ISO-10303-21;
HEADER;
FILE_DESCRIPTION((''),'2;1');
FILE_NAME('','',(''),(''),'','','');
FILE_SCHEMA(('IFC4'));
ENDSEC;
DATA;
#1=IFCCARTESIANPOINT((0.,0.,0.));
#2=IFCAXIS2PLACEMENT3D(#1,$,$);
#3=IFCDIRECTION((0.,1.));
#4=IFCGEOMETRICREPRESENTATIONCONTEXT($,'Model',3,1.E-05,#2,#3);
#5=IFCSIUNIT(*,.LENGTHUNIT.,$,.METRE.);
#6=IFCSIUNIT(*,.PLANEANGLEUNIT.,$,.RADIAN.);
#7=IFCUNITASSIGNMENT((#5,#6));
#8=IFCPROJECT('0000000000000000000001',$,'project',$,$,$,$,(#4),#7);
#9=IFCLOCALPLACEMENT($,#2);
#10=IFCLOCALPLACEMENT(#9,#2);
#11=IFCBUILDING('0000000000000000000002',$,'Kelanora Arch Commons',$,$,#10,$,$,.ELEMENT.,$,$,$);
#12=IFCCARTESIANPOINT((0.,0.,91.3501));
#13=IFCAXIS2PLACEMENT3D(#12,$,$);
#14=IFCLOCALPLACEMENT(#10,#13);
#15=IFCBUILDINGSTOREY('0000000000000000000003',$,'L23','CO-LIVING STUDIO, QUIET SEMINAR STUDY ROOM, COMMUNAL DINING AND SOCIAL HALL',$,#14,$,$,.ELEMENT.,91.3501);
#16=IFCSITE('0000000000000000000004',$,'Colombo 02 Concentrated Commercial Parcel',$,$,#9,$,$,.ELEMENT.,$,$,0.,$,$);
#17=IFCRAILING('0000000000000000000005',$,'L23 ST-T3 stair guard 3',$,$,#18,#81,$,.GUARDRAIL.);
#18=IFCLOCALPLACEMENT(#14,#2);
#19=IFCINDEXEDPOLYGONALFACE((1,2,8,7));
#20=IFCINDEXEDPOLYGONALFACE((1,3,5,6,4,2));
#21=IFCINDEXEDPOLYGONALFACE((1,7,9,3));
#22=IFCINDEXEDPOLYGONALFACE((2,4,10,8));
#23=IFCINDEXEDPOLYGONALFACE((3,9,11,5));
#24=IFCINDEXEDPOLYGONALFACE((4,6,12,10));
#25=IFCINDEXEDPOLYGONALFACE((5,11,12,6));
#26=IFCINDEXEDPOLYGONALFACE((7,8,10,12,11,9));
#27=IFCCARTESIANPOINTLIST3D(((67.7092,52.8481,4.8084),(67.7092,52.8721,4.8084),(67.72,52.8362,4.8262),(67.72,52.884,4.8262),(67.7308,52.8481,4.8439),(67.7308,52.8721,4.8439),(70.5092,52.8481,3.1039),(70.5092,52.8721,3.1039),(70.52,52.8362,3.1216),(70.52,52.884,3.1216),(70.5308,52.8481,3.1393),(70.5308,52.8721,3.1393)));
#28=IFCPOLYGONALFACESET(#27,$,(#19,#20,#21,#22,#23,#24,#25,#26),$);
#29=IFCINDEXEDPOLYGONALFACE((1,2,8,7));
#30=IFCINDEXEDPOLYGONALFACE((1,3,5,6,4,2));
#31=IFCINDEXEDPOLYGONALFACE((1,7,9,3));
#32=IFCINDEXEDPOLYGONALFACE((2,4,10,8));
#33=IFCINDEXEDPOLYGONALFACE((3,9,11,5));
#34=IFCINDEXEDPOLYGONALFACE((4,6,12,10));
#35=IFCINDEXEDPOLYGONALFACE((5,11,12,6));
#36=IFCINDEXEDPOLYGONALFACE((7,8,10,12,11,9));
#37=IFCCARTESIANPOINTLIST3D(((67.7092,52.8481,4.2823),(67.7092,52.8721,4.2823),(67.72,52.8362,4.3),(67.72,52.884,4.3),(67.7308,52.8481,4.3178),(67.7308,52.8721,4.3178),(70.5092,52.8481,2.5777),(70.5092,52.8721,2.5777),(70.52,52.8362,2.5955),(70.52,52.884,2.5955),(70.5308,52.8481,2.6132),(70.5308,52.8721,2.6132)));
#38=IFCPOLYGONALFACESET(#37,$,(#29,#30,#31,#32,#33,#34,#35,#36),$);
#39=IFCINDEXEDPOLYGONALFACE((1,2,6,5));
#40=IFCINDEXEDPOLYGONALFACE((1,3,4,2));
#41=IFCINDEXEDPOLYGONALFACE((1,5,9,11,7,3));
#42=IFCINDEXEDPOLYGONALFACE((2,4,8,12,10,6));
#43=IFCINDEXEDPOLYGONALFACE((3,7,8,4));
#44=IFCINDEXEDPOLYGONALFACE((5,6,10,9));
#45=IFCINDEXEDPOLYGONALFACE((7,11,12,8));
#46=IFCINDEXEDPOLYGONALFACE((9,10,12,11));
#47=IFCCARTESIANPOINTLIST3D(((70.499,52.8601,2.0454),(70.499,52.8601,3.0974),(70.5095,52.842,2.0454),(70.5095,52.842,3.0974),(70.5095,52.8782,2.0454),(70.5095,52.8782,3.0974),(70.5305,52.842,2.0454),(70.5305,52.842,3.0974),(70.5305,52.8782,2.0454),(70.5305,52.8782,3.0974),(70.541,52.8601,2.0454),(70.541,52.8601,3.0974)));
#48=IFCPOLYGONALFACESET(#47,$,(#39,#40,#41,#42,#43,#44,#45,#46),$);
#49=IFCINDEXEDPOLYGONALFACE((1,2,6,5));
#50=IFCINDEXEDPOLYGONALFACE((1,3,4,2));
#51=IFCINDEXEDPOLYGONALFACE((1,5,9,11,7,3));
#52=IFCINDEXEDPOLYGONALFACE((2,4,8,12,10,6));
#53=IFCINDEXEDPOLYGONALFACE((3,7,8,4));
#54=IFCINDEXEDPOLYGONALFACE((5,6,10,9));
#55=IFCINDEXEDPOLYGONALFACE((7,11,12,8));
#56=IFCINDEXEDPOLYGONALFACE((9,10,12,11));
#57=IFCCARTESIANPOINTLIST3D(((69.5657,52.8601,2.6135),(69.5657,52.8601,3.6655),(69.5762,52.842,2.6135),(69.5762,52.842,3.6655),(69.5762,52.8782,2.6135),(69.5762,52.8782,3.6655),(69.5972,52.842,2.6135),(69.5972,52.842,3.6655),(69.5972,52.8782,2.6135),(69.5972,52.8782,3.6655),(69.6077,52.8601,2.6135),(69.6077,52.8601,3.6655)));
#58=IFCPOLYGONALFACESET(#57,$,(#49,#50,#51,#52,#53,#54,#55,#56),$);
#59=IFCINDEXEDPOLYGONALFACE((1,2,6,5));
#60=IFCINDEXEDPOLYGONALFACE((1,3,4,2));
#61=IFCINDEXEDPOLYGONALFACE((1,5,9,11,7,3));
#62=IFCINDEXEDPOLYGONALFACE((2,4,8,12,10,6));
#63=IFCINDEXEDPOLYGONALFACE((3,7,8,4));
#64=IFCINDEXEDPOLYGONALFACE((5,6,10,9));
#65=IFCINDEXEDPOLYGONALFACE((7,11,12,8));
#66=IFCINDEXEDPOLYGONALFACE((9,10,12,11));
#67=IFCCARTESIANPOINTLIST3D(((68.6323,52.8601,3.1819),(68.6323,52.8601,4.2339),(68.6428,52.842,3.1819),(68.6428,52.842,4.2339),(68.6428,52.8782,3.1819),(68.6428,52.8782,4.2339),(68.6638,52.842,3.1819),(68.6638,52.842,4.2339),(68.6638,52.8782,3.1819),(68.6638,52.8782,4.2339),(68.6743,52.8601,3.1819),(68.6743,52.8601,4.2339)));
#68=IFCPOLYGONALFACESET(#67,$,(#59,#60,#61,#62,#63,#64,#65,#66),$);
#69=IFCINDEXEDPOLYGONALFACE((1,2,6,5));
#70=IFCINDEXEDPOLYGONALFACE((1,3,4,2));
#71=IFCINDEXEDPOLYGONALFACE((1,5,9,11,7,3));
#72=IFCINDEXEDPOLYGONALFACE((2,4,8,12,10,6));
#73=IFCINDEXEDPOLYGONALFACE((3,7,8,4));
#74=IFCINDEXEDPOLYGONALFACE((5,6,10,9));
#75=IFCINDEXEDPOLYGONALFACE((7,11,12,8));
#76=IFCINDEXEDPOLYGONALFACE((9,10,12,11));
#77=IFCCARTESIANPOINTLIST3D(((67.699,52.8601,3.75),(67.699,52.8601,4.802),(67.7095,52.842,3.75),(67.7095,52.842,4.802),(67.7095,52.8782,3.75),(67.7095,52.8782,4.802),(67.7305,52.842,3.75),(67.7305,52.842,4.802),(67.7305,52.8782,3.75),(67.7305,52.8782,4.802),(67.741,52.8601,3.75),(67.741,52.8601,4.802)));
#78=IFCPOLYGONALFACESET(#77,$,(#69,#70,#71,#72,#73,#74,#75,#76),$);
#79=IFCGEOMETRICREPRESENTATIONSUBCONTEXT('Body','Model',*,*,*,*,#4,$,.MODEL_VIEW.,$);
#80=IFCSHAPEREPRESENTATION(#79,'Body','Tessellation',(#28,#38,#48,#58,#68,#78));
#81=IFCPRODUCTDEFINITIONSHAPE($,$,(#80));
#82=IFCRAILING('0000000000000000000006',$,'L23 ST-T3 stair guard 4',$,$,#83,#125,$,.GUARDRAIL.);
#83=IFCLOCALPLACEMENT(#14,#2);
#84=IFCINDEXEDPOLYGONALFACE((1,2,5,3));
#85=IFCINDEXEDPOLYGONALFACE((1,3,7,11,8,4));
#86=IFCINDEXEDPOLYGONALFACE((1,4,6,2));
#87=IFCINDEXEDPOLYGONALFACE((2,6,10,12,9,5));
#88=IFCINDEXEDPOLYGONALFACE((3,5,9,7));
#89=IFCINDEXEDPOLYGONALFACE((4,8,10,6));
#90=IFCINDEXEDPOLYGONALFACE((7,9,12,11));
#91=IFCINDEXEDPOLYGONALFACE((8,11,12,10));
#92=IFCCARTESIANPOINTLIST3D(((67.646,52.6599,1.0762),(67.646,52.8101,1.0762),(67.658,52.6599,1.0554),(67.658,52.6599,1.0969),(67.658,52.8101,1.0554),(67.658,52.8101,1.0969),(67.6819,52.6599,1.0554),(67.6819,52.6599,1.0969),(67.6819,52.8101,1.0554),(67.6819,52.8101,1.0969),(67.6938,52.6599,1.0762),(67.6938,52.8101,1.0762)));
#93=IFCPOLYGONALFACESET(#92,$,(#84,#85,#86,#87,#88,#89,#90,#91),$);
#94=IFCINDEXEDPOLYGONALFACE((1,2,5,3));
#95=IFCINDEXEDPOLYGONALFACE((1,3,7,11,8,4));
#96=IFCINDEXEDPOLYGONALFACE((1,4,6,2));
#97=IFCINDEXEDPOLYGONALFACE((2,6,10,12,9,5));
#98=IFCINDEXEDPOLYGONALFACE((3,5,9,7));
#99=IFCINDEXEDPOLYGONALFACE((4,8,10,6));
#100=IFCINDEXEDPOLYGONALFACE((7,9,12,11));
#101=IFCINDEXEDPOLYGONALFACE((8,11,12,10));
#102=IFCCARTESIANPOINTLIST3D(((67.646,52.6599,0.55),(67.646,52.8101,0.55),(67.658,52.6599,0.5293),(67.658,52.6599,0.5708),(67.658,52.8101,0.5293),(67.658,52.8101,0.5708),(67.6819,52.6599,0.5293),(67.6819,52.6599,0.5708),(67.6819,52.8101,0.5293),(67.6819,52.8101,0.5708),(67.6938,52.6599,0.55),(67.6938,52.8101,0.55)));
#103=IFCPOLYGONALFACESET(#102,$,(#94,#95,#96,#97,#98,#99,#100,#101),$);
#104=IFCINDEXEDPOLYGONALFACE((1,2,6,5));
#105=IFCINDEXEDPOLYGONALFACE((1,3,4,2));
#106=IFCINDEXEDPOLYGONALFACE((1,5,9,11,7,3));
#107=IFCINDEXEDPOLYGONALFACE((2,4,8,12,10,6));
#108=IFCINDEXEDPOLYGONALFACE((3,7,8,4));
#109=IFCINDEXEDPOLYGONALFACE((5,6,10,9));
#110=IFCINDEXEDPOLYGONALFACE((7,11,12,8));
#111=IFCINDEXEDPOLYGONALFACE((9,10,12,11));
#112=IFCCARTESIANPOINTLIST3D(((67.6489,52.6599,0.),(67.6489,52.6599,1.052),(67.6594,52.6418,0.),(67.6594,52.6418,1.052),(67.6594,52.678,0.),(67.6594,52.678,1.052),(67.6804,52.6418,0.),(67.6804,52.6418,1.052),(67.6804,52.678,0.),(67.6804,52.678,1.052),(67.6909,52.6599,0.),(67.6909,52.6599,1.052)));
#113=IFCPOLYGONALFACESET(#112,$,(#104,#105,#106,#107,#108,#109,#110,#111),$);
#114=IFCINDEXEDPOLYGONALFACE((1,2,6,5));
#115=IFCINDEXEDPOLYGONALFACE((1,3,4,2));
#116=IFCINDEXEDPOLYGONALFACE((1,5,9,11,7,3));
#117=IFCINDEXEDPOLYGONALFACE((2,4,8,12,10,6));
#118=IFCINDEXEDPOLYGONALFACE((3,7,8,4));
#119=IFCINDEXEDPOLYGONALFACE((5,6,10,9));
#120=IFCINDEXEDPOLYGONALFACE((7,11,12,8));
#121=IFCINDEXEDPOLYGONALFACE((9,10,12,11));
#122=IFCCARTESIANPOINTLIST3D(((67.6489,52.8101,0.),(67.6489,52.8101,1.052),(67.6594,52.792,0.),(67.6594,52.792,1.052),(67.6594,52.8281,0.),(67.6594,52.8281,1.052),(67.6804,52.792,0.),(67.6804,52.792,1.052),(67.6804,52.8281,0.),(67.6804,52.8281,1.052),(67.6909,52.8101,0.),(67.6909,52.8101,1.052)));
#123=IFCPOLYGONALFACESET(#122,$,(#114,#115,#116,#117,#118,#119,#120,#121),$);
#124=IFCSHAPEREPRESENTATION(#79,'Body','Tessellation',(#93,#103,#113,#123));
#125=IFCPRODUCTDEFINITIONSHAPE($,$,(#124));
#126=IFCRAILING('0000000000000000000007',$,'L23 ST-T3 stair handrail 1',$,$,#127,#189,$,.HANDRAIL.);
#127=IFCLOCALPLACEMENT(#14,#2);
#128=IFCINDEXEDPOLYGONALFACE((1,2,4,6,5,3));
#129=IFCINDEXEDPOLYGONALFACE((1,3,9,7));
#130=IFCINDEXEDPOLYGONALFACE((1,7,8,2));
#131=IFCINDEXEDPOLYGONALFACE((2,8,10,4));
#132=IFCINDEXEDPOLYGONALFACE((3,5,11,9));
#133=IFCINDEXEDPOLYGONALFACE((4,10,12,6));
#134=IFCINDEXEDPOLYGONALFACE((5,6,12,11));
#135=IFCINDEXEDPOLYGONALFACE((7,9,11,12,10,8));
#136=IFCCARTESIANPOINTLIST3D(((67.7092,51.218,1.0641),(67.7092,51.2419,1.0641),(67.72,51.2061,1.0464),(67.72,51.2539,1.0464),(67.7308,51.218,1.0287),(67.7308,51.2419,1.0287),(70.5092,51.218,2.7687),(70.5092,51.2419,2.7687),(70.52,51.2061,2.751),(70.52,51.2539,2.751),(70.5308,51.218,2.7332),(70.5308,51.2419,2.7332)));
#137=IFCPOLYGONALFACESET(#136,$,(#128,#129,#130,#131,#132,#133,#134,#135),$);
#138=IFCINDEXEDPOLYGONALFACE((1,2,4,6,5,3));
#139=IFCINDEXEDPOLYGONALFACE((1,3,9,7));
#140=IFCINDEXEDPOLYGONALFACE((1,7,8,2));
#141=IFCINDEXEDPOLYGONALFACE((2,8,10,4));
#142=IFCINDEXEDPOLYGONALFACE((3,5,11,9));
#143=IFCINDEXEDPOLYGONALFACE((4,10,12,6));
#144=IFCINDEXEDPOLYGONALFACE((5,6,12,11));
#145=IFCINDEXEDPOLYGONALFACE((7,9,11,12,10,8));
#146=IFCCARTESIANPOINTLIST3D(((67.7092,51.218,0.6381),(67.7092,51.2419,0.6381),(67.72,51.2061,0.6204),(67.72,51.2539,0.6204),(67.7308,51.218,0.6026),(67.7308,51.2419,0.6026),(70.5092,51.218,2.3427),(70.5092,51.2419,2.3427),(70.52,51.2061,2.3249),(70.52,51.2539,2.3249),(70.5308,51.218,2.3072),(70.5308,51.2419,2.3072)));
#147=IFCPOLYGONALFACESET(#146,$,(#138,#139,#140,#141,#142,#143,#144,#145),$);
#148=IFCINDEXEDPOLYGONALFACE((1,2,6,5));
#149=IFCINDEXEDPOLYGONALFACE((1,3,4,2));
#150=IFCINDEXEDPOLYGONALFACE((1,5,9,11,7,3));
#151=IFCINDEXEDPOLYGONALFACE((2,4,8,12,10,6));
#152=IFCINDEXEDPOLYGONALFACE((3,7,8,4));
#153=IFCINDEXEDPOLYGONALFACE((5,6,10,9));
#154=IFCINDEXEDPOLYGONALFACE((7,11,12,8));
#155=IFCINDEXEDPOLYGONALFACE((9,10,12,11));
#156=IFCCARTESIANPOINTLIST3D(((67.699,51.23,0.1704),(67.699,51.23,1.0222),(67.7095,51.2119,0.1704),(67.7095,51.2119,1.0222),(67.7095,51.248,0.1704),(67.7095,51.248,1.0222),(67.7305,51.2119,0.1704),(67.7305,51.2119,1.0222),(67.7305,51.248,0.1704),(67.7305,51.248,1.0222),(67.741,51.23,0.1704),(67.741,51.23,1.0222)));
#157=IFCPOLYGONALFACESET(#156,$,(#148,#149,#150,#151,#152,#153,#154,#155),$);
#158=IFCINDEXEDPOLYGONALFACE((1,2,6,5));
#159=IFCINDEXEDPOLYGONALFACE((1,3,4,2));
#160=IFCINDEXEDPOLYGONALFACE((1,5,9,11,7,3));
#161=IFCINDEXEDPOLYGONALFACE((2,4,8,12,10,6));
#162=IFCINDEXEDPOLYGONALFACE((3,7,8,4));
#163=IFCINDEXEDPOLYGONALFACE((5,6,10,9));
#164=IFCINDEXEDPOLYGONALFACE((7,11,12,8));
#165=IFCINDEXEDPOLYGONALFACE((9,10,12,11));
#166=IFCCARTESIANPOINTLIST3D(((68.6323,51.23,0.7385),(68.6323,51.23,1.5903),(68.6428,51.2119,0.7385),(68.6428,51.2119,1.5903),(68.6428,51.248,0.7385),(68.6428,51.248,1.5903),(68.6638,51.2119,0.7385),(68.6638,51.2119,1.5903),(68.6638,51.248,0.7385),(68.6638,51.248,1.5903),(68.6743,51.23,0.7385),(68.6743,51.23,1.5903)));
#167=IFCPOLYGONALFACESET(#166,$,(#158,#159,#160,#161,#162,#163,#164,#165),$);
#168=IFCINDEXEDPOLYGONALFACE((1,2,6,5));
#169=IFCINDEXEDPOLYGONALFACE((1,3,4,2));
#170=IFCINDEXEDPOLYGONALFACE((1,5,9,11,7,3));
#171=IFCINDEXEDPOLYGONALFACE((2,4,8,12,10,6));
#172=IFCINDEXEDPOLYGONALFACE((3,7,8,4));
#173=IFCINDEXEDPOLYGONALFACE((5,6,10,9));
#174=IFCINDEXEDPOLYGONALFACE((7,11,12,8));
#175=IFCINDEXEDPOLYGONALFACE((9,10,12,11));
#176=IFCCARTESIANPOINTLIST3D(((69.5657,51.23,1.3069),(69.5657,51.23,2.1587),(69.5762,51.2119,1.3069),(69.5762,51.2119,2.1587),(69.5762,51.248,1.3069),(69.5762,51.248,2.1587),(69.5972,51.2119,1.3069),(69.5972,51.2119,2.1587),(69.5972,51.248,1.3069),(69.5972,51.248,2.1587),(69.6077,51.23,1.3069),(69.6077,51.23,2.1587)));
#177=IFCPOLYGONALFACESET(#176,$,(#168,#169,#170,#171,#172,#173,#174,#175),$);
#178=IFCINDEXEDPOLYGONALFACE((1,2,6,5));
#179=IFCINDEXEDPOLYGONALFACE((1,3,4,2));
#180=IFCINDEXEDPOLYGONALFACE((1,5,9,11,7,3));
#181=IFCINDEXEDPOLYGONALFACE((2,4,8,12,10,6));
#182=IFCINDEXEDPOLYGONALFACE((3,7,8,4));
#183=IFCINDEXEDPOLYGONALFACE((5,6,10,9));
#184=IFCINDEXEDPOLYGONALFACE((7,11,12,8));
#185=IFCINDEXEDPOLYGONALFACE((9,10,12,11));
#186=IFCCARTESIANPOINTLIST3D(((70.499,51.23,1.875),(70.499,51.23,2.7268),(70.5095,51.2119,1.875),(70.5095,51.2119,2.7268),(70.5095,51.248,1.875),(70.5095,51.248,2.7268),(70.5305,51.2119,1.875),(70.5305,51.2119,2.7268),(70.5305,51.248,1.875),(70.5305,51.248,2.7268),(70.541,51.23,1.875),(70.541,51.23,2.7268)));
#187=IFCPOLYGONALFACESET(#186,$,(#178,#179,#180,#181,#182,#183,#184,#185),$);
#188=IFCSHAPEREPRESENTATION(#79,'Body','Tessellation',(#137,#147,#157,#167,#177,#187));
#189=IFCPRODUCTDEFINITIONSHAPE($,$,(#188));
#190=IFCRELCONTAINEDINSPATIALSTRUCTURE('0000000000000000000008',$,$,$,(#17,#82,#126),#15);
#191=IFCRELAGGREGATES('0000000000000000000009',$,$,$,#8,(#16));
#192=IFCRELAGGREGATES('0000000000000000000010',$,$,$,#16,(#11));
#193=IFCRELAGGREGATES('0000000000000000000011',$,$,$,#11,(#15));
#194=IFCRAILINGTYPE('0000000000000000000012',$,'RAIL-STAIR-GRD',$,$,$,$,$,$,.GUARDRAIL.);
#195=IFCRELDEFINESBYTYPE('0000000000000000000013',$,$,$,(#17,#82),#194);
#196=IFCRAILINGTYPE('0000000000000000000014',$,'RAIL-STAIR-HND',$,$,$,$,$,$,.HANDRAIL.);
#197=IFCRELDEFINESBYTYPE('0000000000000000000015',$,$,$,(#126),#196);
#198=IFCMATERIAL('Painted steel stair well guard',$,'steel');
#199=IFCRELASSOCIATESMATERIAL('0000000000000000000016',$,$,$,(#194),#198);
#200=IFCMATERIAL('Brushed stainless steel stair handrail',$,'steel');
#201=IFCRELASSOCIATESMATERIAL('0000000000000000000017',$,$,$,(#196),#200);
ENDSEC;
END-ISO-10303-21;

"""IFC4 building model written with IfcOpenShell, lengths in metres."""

from ifc_helpers import new_model, si_unit, direction, frame, origin, place, context, subcontext, project, spatial, polyline, outline, extrude, material, type_object, element, save


model = new_model("IFC4")

# Units and contexts
model_context = context("Model", 3, precision=1e-05, world=origin(), true_north=direction((0.0, 1.0)))
body_context = subcontext(model_context, "Body", "Model", "MODEL_VIEW")
ifc_project = project(units=[si_unit("LENGTHUNIT", "METRE"), si_unit("PLANEANGLEUNIT", "RADIAN")], contexts=[model_context])

# Site, building, storey
site_placement = place(None, origin())
site = spatial("IfcSite", under=ifc_project, at=site_placement, Name="Colombo 02 Concentrated Commercial Parcel", CompositionType="ELEMENT", RefElevation=0.0)
building_placement = place(site_placement, origin())
building = spatial("IfcBuilding", under=site, at=building_placement, Name="Kelanora Arch Commons", CompositionType="ELEMENT")
storey_placement = place(building_placement, frame((0.0, 0.0, 91.3501)))
storey = spatial("IfcBuildingStorey", under=building, at=storey_placement, Name="L23", Description="CO-LIVING STUDIO, QUIET SEMINAR STUDY ROOM, COMMUNAL DINING AND SOCIAL HALL", CompositionType="ELEMENT", Elevation=91.3501)

# Railings
ifc_material_1 = material(Name="Painted steel stair well guard", Category="steel")
railing_type_1 = type_object("IfcRailingType", Name="RAIL-STAIR-GRD", PredefinedType="GUARDRAIL", material=ifc_material_1)
railing_1_placement = place(storey_placement, frame((70.52, 52.8601, 2.0454)))
element("IfcRailing", 1, at=railing_1_placement, inside=storey, type_object=railing_type_1, Name="L23 ST-T3 stair guard 3", PredefinedType="GUARDRAIL", context=body_context, shape_type="SweptSolid", body=[
    extrude(outline(polyline([(0.0239, 0.0), (0.012, 0.0208), (-0.012, 0.0208), (-0.0239, 0.0), (-0.012, -0.0208), (0.012, -0.0208), (0.0239, 0.0)])), frame((0.0, 0.0, 1.0762), z_axis=(-0.85417, 0.0, 0.519994), x_axis=(0.0, -1.0, 0.0)), (0.0, 0.0, 1.0), 3.2781),
    extrude(outline(polyline([(0.0239, 0.0), (0.012, 0.0208), (-0.012, 0.0208), (-0.0239, 0.0), (-0.012, -0.0208), (0.012, -0.0208), (0.0239, 0.0)])), frame((0.0, 0.0, 0.55), z_axis=(-0.85417, 0.0, 0.519994), x_axis=(0.0, -1.0, 0.0)), (0.0, 0.0, 1.0), 3.2781),
    extrude(outline(polyline([(0.021, 0.0), (0.0105, 0.0181), (-0.0105, 0.0181), (-0.021, 0.0), (-0.0105, -0.0181), (0.0105, -0.0181), (0.021, 0.0)])), origin(), (0.0, 0.0, 1.0), 1.052),
    extrude(outline(polyline([(0.021, 0.0), (0.0105, 0.0181), (-0.0105, 0.0181), (-0.021, 0.0), (-0.0105, -0.0181), (0.0105, -0.0181), (0.021, 0.0)])), frame((-0.9333, 0.0, 0.5681)), (0.0, 0.0, 1.0), 1.052),
    extrude(outline(polyline([(0.021, 0.0), (0.0105, 0.0181), (-0.0105, 0.0181), (-0.021, 0.0), (-0.0105, -0.0181), (0.0105, -0.0181), (0.021, 0.0)])), frame((-1.8667, 0.0, 1.1365)), (0.0, 0.0, 1.0), 1.052),
    extrude(outline(polyline([(0.021, 0.0), (0.0105, 0.0181), (-0.0105, 0.0181), (-0.021, 0.0), (-0.0105, -0.0181), (0.0105, -0.0181), (0.021, 0.0)])), frame((-2.8, 0.0, 1.7046)), (0.0, 0.0, 1.0), 1.052),
])
railing_2_placement = place(storey_placement, frame((67.6699, 52.6599, 0.0)))
element("IfcRailing", 2, at=railing_2_placement, inside=storey, type_object=railing_type_1, Name="L23 ST-T3 stair guard 4", PredefinedType="GUARDRAIL", context=body_context, shape_type="SweptSolid", body=[
    extrude(outline(polyline([(0.0239, 0.0), (0.012, 0.0208), (-0.012, 0.0208), (-0.0239, 0.0), (-0.012, -0.0208), (0.012, -0.0208), (0.0239, 0.0)])), frame((0.0, 0.0, 1.0762), z_axis=(0.0, 1.0, 0.0), x_axis=(-1.0, 0.0, 0.0)), (0.0, 0.0, 1.0), 0.1501),
    extrude(outline(polyline([(0.0239, 0.0), (0.012, 0.0208), (-0.012, 0.0208), (-0.0239, 0.0), (-0.012, -0.0208), (0.012, -0.0208), (0.0239, 0.0)])), frame((0.0, 0.0, 0.55), z_axis=(0.0, 1.0, 0.0), x_axis=(-1.0, 0.0, 0.0)), (0.0, 0.0, 1.0), 0.1501),
    extrude(outline(polyline([(0.021, 0.0), (0.0105, 0.0181), (-0.0105, 0.0181), (-0.021, 0.0), (-0.0105, -0.0181), (0.0105, -0.0181), (0.021, 0.0)])), origin(), (0.0, 0.0, 1.0), 1.052),
    extrude(outline(polyline([(0.021, 0.0), (0.0105, 0.0181), (-0.0105, 0.0181), (-0.021, 0.0), (-0.0105, -0.0181), (0.0105, -0.0181), (0.021, 0.0)])), frame((0.0, 0.1501, 0.0)), (0.0, 0.0, 1.0), 1.052),
])
ifc_material_2 = material(Name="Brushed stainless steel stair handrail", Category="steel")
railing_type_2 = type_object("IfcRailingType", Name="RAIL-STAIR-HND", PredefinedType="HANDRAIL", material=ifc_material_2)
railing_3_placement = place(storey_placement, frame((67.72, 51.23, 0.1704)))
element("IfcRailing", 3, at=railing_3_placement, inside=storey, type_object=railing_type_2, Name="L23 ST-T3 stair handrail 1", PredefinedType="HANDRAIL", context=body_context, shape_type="SweptSolid", body=[
    extrude(outline(polyline([(0.0239, 0.0), (0.012, 0.0208), (-0.012, 0.0208), (-0.0239, 0.0), (-0.012, -0.0208), (0.012, -0.0208), (0.0239, 0.0)])), frame((0.0, 0.0, 0.876), z_axis=(0.85417, 0.0, 0.519994), x_axis=(0.0, 1.0, 0.0)), (0.0, 0.0, 1.0), 3.2781),
    extrude(outline(polyline([(0.0239, 0.0), (0.012, 0.0208), (-0.012, 0.0208), (-0.0239, 0.0), (-0.012, -0.0208), (0.012, -0.0208), (0.0239, 0.0)])), frame((0.0, 0.0, 0.45), z_axis=(0.85417, 0.0, 0.519994), x_axis=(0.0, 1.0, 0.0)), (0.0, 0.0, 1.0), 3.2781),
    extrude(outline(polyline([(0.021, 0.0), (0.0105, 0.0181), (-0.0105, 0.0181), (-0.021, 0.0), (-0.0105, -0.0181), (0.0105, -0.0181), (0.021, 0.0)])), origin(), (0.0, 0.0, 1.0), 0.8518),
    extrude(outline(polyline([(0.021, 0.0), (0.0105, 0.0181), (-0.0105, 0.0181), (-0.021, 0.0), (-0.0105, -0.0181), (0.0105, -0.0181), (0.021, 0.0)])), frame((0.9333, 0.0, 0.5681)), (0.0, 0.0, 1.0), 0.8518),
    extrude(outline(polyline([(0.021, 0.0), (0.0105, 0.0181), (-0.0105, 0.0181), (-0.021, 0.0), (-0.0105, -0.0181), (0.0105, -0.0181), (0.021, 0.0)])), frame((1.8667, 0.0, 1.1365)), (0.0, 0.0, 1.0), 0.8518),
    extrude(outline(polyline([(0.021, 0.0), (0.0105, 0.0181), (-0.0105, 0.0181), (-0.021, 0.0), (-0.0105, -0.0181), (0.0105, -0.0181), (0.021, 0.0)])), frame((2.8, 0.0, 1.7046)), (0.0, 0.0, 1.0), 0.8518),
])

save(model, "model.ifc")
